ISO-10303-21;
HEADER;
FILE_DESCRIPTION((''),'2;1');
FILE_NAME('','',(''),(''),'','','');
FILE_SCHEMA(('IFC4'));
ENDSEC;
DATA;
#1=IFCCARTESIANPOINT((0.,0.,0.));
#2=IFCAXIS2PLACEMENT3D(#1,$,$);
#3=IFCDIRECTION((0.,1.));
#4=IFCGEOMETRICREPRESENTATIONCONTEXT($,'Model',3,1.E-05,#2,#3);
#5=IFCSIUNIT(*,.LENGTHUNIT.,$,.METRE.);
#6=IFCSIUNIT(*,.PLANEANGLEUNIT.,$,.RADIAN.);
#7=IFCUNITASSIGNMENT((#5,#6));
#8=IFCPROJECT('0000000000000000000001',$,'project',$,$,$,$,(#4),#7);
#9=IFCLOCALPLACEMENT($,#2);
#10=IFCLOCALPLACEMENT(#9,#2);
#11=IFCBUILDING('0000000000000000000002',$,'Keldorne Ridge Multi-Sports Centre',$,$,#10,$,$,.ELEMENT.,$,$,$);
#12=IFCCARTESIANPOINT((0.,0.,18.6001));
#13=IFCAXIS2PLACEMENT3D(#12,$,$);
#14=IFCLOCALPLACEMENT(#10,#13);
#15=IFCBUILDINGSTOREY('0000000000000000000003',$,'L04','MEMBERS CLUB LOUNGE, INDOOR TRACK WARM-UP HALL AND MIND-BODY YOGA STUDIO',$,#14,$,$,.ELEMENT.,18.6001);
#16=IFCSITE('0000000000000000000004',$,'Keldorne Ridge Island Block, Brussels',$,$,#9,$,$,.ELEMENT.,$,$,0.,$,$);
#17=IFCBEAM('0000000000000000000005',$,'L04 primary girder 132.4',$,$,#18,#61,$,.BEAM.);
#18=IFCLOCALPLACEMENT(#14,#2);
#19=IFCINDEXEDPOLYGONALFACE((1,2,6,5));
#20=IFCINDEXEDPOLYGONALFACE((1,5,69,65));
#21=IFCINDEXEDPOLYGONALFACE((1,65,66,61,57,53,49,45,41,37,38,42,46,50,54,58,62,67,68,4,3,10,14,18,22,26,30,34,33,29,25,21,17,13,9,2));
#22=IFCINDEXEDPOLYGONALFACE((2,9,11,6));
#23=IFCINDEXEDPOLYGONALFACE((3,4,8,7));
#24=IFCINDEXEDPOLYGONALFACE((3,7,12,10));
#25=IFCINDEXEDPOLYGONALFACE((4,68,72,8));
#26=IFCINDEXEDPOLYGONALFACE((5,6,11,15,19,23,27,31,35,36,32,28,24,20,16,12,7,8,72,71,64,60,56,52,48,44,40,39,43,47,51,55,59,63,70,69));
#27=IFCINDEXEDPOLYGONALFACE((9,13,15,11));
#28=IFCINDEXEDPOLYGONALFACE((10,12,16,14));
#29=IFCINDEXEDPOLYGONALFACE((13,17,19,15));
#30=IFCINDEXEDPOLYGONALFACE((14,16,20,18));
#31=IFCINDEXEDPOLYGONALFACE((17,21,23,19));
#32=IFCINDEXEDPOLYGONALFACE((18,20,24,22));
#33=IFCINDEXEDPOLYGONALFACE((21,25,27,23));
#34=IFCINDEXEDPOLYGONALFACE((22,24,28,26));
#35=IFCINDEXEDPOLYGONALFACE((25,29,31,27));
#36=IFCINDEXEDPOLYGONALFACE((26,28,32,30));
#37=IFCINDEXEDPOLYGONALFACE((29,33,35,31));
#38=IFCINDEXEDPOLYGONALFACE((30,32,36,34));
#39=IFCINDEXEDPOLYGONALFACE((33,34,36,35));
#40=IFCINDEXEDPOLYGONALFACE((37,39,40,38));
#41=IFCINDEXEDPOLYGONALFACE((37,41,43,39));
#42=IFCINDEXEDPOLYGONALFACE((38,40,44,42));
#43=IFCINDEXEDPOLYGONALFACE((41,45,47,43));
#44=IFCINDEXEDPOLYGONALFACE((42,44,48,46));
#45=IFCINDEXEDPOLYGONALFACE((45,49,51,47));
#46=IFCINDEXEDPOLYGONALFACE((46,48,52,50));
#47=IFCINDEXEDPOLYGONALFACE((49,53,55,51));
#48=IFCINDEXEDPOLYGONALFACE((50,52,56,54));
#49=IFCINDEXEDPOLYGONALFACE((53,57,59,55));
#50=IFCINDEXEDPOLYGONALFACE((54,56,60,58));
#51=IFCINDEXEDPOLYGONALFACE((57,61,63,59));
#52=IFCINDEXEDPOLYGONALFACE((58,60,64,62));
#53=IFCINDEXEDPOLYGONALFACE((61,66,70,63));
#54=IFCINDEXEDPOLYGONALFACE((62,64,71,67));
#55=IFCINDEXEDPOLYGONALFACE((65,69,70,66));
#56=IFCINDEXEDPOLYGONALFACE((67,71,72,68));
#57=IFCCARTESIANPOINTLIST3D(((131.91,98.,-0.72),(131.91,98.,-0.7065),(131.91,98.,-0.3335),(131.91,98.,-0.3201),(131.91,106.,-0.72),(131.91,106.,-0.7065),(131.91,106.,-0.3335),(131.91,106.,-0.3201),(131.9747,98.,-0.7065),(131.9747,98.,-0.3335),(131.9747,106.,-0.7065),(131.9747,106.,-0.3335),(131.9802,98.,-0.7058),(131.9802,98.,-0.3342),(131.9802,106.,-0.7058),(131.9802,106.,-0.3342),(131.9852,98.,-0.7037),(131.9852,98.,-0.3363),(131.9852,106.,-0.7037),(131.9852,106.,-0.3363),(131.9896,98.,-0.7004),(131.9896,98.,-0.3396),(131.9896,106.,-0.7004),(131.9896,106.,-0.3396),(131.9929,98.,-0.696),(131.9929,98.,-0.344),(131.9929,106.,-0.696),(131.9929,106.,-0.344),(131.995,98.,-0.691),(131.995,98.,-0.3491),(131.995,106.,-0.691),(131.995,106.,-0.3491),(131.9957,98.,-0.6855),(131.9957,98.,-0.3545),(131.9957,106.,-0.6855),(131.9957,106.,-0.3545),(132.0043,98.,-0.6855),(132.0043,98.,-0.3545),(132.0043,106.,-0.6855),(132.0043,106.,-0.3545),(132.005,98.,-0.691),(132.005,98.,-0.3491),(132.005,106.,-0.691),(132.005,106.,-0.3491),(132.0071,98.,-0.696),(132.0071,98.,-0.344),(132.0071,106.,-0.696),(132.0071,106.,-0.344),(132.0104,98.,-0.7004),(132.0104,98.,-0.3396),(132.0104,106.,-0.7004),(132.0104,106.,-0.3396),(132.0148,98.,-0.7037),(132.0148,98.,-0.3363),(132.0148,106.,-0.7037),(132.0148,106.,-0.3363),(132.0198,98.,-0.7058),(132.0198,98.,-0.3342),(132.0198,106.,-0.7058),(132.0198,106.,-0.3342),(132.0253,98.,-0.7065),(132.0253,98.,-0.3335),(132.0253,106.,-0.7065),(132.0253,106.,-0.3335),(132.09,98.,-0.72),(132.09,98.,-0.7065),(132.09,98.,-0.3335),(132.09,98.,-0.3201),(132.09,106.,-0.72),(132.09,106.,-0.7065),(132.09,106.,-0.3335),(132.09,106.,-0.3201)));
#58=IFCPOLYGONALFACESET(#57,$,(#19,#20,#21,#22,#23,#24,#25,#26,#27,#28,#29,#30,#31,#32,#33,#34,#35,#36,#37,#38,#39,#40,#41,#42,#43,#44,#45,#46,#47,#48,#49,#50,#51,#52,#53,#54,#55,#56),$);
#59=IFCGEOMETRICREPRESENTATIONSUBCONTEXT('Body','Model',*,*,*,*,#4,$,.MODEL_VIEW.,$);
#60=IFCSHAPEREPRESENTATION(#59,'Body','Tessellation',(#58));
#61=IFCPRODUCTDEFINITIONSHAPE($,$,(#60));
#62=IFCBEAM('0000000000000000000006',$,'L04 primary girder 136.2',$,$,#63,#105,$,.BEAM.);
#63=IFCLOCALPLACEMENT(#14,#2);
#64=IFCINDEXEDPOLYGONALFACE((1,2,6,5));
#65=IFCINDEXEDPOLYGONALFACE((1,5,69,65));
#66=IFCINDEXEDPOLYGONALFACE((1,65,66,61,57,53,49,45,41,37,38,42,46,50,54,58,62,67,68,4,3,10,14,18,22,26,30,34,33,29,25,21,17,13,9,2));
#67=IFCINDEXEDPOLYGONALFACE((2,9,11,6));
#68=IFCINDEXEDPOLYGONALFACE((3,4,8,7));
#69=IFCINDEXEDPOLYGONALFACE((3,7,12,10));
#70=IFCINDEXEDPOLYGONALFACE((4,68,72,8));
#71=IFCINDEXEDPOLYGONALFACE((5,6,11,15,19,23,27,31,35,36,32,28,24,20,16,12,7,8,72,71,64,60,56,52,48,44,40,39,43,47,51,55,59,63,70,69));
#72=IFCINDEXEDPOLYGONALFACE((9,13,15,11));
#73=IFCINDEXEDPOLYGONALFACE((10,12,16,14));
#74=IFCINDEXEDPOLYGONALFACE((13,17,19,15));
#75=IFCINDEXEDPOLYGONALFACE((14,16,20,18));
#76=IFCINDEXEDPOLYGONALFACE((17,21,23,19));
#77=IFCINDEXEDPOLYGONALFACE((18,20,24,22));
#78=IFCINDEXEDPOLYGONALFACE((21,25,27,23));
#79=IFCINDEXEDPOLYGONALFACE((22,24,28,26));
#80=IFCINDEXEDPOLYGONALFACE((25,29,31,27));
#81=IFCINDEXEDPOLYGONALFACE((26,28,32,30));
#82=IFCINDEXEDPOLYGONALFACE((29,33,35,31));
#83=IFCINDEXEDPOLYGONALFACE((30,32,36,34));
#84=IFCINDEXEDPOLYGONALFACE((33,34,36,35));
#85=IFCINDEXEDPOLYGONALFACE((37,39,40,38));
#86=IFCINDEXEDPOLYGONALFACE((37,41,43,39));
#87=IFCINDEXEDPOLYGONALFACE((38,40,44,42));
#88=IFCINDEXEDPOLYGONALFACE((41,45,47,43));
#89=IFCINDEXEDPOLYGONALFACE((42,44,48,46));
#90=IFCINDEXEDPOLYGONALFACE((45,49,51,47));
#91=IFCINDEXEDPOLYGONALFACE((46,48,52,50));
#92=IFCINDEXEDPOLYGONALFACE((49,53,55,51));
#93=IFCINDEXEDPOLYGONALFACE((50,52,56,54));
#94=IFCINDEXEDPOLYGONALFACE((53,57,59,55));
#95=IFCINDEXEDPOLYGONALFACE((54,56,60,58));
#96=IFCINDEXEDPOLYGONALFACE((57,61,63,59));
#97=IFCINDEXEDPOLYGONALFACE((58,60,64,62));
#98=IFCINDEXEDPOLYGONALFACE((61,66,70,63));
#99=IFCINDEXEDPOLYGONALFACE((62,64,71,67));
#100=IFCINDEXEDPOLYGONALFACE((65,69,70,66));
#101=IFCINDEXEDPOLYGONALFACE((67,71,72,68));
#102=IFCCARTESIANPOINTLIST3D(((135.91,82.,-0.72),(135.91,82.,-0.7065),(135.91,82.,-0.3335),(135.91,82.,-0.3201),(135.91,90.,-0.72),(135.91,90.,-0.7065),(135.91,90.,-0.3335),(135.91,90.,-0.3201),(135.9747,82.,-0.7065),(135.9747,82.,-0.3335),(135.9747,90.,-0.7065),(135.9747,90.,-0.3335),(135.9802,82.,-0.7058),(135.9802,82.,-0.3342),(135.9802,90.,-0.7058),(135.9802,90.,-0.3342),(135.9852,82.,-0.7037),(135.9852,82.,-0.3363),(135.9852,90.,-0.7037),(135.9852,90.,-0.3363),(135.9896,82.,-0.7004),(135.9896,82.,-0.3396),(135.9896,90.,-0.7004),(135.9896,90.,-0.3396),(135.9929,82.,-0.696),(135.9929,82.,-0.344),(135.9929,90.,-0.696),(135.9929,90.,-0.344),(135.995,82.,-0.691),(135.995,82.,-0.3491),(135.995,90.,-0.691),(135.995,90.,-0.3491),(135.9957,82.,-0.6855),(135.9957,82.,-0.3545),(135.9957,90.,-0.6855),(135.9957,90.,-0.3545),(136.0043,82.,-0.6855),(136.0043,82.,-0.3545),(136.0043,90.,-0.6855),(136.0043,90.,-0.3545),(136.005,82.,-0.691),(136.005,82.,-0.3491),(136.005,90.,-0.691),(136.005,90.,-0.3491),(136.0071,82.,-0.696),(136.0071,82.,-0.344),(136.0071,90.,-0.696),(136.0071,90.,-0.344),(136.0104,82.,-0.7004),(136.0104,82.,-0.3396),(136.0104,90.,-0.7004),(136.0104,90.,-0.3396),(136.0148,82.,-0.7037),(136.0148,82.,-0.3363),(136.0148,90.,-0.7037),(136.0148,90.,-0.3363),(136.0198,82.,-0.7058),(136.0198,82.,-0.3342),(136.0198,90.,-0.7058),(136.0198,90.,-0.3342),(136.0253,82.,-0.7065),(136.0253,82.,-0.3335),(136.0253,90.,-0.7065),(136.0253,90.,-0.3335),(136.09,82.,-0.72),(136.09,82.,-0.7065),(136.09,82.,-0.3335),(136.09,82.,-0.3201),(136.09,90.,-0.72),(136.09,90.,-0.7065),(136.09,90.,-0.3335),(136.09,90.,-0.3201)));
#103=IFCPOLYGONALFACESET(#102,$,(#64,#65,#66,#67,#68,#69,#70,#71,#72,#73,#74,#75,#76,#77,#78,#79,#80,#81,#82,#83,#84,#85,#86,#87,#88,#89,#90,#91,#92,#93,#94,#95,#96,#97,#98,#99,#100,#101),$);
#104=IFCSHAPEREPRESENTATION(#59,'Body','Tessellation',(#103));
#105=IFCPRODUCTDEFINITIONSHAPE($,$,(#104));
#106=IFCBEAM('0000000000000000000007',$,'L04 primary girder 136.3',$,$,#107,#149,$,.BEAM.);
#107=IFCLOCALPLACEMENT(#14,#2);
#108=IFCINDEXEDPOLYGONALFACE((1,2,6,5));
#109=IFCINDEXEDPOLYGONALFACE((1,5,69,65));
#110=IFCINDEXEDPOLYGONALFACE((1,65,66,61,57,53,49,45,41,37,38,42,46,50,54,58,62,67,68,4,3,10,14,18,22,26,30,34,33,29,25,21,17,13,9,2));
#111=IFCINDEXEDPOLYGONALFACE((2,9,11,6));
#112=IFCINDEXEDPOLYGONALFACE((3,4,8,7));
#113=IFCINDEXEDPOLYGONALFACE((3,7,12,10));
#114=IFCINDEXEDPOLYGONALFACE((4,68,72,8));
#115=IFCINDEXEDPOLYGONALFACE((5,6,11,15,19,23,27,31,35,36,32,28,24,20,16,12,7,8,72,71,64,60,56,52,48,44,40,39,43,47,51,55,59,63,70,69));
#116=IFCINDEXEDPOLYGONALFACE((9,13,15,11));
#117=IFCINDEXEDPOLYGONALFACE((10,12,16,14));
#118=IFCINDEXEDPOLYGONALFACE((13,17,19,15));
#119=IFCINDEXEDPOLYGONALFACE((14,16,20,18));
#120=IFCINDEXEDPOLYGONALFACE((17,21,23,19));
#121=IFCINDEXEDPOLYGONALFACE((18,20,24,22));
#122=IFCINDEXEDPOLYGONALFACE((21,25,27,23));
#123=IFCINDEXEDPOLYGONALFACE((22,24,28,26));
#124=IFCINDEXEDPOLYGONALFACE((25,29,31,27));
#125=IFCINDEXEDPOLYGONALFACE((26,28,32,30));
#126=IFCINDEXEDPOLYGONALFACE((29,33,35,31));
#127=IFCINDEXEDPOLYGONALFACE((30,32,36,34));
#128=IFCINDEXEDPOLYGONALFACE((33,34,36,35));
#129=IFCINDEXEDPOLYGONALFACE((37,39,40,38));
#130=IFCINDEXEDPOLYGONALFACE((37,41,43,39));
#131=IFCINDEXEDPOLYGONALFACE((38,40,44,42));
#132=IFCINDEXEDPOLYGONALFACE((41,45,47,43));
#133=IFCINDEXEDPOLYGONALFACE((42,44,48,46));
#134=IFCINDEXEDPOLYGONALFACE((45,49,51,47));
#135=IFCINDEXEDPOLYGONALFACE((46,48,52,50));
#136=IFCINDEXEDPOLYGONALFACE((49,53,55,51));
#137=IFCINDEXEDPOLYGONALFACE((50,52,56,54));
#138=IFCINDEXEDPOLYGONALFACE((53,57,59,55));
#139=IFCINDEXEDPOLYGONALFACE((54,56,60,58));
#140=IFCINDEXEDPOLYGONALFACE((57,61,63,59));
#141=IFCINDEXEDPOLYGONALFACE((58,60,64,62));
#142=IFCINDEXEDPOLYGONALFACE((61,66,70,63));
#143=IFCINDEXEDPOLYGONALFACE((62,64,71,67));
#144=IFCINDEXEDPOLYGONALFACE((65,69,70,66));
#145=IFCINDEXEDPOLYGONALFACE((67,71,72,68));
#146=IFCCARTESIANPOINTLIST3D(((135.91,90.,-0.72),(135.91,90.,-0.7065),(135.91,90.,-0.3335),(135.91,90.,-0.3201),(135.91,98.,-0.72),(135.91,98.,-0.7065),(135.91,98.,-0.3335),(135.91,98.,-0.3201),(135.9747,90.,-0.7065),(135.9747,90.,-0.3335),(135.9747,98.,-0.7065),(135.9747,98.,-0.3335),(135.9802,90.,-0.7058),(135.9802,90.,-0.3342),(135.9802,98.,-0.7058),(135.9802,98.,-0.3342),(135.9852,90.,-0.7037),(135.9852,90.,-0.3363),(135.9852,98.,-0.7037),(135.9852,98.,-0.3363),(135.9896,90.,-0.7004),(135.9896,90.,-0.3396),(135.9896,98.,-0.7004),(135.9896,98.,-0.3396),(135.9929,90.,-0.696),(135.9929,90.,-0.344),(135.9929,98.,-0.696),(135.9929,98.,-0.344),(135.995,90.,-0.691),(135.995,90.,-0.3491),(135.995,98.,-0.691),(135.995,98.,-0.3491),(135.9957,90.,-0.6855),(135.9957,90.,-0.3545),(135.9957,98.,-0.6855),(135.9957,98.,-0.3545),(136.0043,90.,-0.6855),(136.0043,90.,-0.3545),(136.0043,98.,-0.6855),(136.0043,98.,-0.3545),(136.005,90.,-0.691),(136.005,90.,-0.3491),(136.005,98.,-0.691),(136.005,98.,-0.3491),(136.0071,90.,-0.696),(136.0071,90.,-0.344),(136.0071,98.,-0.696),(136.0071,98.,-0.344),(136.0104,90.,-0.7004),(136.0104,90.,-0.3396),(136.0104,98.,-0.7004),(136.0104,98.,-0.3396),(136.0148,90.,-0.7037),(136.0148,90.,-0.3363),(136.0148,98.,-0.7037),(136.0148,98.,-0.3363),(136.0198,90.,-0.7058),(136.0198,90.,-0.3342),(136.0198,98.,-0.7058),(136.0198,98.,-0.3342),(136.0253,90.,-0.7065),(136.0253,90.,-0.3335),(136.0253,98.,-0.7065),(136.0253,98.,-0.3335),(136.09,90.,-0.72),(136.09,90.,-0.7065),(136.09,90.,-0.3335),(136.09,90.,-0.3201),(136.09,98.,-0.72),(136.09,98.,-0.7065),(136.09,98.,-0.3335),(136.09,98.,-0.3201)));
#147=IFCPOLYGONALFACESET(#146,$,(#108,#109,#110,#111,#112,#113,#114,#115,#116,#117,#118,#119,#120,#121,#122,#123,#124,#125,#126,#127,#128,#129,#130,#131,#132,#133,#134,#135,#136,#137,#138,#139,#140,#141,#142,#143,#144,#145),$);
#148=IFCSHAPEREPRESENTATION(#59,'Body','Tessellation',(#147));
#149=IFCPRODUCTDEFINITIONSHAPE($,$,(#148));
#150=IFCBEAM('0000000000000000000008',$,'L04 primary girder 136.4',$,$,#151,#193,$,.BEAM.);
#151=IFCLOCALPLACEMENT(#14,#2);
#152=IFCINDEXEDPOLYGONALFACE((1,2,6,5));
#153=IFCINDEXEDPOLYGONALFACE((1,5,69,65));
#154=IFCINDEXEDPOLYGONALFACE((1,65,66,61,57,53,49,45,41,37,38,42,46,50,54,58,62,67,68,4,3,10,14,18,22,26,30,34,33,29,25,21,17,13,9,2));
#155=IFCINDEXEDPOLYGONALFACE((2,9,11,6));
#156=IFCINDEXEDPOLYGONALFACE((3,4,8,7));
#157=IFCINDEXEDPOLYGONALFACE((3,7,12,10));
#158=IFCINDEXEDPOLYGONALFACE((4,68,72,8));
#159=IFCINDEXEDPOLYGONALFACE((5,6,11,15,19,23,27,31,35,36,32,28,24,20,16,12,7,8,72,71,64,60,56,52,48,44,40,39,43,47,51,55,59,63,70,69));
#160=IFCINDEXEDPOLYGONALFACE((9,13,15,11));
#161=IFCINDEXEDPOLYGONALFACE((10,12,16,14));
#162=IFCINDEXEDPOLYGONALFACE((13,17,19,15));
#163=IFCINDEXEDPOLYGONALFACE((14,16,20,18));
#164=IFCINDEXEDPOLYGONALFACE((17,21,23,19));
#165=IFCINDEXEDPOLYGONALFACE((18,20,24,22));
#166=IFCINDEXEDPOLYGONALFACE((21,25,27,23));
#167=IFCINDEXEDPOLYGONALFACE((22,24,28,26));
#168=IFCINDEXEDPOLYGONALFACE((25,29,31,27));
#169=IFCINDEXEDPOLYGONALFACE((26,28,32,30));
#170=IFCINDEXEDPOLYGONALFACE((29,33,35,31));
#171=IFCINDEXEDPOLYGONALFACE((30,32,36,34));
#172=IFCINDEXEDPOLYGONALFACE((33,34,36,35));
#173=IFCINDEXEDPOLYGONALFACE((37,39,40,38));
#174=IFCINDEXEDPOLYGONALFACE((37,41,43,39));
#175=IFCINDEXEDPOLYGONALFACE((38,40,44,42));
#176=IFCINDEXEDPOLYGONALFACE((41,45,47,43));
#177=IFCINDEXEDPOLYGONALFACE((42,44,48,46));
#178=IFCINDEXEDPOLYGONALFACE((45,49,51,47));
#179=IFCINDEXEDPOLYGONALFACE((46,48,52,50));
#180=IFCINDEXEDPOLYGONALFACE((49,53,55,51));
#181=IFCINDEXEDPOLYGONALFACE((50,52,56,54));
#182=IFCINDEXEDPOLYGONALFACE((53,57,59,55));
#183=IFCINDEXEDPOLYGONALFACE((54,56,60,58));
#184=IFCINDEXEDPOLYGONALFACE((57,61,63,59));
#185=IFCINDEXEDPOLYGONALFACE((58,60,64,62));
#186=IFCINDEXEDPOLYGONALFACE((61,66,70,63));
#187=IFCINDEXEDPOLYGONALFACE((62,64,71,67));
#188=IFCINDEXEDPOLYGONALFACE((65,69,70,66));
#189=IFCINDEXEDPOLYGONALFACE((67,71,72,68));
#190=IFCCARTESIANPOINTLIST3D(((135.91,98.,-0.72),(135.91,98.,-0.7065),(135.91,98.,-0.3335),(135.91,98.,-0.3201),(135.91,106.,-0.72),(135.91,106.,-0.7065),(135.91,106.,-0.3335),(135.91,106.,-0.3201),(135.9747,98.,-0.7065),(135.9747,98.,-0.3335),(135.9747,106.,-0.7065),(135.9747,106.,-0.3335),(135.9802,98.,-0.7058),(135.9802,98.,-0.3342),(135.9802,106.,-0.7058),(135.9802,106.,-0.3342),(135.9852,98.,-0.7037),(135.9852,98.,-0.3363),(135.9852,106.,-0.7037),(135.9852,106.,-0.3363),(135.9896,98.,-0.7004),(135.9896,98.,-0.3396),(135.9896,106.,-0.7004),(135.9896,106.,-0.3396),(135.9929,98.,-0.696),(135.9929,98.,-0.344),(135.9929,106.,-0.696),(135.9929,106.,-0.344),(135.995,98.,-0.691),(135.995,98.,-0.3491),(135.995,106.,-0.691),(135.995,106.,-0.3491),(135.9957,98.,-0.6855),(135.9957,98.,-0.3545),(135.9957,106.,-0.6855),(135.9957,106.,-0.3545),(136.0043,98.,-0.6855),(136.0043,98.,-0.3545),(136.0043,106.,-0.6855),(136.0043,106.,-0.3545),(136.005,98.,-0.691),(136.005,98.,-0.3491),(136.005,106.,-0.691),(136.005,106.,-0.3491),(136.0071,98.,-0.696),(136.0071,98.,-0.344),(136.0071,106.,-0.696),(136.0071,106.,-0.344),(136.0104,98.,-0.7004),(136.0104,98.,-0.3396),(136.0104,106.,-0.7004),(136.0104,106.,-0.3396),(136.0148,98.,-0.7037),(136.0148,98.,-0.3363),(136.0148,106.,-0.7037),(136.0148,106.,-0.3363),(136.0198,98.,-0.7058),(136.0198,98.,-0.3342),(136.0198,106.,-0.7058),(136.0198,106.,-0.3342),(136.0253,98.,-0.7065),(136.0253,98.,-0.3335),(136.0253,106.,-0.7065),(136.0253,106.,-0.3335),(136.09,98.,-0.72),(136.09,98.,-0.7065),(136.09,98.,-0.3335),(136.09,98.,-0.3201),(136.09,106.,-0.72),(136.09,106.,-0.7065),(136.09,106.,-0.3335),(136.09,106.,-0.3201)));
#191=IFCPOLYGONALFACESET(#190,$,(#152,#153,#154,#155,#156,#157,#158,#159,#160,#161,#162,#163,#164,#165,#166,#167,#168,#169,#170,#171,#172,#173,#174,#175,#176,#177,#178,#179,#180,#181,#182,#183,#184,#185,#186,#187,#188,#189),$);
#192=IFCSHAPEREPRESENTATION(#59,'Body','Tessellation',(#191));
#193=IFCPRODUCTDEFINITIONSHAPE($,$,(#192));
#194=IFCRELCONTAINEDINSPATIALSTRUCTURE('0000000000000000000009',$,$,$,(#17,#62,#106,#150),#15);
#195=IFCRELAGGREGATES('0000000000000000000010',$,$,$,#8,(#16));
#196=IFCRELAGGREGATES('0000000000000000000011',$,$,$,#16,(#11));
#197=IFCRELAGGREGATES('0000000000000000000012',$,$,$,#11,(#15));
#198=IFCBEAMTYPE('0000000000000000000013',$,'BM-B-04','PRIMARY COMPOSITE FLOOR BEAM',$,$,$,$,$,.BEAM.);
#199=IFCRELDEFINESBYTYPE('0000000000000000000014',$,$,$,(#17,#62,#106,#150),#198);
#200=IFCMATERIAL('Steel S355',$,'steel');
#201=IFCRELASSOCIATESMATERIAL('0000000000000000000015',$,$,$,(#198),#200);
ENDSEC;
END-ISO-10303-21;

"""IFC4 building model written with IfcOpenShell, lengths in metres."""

from ifc_helpers import new_model, si_unit, direction, frame, origin, origin_2d, place, context, subcontext, project, spatial, i_section, extrude, material, material_profile, profile_set, type_object, element, save


model = new_model("IFC4")

# Units and contexts
model_context = context("Model", 3, precision=1e-05, world=origin(), true_north=direction((0.0, 1.0)))
body_context = subcontext(model_context, "Body", "Model", "MODEL_VIEW")
ifc_project = project(units=[si_unit("LENGTHUNIT", "METRE"), si_unit("PLANEANGLEUNIT", "RADIAN")], contexts=[model_context])

# Site, building, storey
site_placement = place(None, origin())
site = spatial("IfcSite", under=ifc_project, at=site_placement, Name="Keldorne Ridge Island Block, Brussels", CompositionType="ELEMENT", RefElevation=0.0)
building_placement = place(site_placement, origin())
building = spatial("IfcBuilding", under=site, at=building_placement, Name="Keldorne Ridge Multi-Sports Centre", CompositionType="ELEMENT")
storey_placement = place(building_placement, frame((0.0, 0.0, 18.6001)))
storey = spatial("IfcBuildingStorey", under=building, at=storey_placement, Name="L04", Description="MEMBERS CLUB LOUNGE, INDOOR TRACK WARM-UP HALL AND MIND-BODY YOGA STUDIO", CompositionType="ELEMENT", Elevation=18.6001)

# Shared definitions
ifc_material_1 = material(Name="Steel S355", Category="steel")

# Beams
ifc_material_profile_1 = material_profile(ifc_material_1, i_section(OverallWidth=0.1799, OverallDepth=0.3999, WebThickness=0.0085, FlangeThickness=0.0134, FilletRadius=0.021, at=origin_2d()), Name="IPE 400")
ifc_profile_set_1 = profile_set([ifc_material_profile_1], Name="Steel S355")
beam_type_1 = type_object("IfcBeamType", Name="BM-B-04", Description="PRIMARY COMPOSITE FLOOR BEAM", PredefinedType="BEAM", material=ifc_profile_set_1)
for number, where, z_axis, x_axis, name in (
    (1, (132.0, 98.0, -0.52), (0.0, 1.0, 0.0), (-1.0, 0.0, 0.0), "L04 primary girder 132.4"),
    (2, (136.0, 82.0, -0.52), (0.0, 1.0, 0.0), (-1.0, 0.0, 0.0), "L04 primary girder 136.2"),
    (3, (136.0, 90.0, -0.52), (0.0, 1.0, 0.0), (-1.0, 0.0, 0.0), "L04 primary girder 136.3"),
    (4, (136.0, 98.0, -0.52), (0.0, 1.0, 0.0), (-1.0, 0.0, 0.0), "L04 primary girder 136.4"),
):
    element("IfcBeam", number, at=place(storey_placement, frame(where, z_axis=z_axis, x_axis=x_axis)), inside=storey, type_object=beam_type_1, Name=name, PredefinedType="BEAM", context=body_context, shape_type="SweptSolid", body=[
        extrude(i_section(OverallWidth=0.1799, OverallDepth=0.3999, WebThickness=0.0085, FlangeThickness=0.0134, FilletRadius=0.021, at=origin_2d()), origin(), (0.0, 0.0, 1.0), 8.0),
    ])

save(model, "model.ifc")
